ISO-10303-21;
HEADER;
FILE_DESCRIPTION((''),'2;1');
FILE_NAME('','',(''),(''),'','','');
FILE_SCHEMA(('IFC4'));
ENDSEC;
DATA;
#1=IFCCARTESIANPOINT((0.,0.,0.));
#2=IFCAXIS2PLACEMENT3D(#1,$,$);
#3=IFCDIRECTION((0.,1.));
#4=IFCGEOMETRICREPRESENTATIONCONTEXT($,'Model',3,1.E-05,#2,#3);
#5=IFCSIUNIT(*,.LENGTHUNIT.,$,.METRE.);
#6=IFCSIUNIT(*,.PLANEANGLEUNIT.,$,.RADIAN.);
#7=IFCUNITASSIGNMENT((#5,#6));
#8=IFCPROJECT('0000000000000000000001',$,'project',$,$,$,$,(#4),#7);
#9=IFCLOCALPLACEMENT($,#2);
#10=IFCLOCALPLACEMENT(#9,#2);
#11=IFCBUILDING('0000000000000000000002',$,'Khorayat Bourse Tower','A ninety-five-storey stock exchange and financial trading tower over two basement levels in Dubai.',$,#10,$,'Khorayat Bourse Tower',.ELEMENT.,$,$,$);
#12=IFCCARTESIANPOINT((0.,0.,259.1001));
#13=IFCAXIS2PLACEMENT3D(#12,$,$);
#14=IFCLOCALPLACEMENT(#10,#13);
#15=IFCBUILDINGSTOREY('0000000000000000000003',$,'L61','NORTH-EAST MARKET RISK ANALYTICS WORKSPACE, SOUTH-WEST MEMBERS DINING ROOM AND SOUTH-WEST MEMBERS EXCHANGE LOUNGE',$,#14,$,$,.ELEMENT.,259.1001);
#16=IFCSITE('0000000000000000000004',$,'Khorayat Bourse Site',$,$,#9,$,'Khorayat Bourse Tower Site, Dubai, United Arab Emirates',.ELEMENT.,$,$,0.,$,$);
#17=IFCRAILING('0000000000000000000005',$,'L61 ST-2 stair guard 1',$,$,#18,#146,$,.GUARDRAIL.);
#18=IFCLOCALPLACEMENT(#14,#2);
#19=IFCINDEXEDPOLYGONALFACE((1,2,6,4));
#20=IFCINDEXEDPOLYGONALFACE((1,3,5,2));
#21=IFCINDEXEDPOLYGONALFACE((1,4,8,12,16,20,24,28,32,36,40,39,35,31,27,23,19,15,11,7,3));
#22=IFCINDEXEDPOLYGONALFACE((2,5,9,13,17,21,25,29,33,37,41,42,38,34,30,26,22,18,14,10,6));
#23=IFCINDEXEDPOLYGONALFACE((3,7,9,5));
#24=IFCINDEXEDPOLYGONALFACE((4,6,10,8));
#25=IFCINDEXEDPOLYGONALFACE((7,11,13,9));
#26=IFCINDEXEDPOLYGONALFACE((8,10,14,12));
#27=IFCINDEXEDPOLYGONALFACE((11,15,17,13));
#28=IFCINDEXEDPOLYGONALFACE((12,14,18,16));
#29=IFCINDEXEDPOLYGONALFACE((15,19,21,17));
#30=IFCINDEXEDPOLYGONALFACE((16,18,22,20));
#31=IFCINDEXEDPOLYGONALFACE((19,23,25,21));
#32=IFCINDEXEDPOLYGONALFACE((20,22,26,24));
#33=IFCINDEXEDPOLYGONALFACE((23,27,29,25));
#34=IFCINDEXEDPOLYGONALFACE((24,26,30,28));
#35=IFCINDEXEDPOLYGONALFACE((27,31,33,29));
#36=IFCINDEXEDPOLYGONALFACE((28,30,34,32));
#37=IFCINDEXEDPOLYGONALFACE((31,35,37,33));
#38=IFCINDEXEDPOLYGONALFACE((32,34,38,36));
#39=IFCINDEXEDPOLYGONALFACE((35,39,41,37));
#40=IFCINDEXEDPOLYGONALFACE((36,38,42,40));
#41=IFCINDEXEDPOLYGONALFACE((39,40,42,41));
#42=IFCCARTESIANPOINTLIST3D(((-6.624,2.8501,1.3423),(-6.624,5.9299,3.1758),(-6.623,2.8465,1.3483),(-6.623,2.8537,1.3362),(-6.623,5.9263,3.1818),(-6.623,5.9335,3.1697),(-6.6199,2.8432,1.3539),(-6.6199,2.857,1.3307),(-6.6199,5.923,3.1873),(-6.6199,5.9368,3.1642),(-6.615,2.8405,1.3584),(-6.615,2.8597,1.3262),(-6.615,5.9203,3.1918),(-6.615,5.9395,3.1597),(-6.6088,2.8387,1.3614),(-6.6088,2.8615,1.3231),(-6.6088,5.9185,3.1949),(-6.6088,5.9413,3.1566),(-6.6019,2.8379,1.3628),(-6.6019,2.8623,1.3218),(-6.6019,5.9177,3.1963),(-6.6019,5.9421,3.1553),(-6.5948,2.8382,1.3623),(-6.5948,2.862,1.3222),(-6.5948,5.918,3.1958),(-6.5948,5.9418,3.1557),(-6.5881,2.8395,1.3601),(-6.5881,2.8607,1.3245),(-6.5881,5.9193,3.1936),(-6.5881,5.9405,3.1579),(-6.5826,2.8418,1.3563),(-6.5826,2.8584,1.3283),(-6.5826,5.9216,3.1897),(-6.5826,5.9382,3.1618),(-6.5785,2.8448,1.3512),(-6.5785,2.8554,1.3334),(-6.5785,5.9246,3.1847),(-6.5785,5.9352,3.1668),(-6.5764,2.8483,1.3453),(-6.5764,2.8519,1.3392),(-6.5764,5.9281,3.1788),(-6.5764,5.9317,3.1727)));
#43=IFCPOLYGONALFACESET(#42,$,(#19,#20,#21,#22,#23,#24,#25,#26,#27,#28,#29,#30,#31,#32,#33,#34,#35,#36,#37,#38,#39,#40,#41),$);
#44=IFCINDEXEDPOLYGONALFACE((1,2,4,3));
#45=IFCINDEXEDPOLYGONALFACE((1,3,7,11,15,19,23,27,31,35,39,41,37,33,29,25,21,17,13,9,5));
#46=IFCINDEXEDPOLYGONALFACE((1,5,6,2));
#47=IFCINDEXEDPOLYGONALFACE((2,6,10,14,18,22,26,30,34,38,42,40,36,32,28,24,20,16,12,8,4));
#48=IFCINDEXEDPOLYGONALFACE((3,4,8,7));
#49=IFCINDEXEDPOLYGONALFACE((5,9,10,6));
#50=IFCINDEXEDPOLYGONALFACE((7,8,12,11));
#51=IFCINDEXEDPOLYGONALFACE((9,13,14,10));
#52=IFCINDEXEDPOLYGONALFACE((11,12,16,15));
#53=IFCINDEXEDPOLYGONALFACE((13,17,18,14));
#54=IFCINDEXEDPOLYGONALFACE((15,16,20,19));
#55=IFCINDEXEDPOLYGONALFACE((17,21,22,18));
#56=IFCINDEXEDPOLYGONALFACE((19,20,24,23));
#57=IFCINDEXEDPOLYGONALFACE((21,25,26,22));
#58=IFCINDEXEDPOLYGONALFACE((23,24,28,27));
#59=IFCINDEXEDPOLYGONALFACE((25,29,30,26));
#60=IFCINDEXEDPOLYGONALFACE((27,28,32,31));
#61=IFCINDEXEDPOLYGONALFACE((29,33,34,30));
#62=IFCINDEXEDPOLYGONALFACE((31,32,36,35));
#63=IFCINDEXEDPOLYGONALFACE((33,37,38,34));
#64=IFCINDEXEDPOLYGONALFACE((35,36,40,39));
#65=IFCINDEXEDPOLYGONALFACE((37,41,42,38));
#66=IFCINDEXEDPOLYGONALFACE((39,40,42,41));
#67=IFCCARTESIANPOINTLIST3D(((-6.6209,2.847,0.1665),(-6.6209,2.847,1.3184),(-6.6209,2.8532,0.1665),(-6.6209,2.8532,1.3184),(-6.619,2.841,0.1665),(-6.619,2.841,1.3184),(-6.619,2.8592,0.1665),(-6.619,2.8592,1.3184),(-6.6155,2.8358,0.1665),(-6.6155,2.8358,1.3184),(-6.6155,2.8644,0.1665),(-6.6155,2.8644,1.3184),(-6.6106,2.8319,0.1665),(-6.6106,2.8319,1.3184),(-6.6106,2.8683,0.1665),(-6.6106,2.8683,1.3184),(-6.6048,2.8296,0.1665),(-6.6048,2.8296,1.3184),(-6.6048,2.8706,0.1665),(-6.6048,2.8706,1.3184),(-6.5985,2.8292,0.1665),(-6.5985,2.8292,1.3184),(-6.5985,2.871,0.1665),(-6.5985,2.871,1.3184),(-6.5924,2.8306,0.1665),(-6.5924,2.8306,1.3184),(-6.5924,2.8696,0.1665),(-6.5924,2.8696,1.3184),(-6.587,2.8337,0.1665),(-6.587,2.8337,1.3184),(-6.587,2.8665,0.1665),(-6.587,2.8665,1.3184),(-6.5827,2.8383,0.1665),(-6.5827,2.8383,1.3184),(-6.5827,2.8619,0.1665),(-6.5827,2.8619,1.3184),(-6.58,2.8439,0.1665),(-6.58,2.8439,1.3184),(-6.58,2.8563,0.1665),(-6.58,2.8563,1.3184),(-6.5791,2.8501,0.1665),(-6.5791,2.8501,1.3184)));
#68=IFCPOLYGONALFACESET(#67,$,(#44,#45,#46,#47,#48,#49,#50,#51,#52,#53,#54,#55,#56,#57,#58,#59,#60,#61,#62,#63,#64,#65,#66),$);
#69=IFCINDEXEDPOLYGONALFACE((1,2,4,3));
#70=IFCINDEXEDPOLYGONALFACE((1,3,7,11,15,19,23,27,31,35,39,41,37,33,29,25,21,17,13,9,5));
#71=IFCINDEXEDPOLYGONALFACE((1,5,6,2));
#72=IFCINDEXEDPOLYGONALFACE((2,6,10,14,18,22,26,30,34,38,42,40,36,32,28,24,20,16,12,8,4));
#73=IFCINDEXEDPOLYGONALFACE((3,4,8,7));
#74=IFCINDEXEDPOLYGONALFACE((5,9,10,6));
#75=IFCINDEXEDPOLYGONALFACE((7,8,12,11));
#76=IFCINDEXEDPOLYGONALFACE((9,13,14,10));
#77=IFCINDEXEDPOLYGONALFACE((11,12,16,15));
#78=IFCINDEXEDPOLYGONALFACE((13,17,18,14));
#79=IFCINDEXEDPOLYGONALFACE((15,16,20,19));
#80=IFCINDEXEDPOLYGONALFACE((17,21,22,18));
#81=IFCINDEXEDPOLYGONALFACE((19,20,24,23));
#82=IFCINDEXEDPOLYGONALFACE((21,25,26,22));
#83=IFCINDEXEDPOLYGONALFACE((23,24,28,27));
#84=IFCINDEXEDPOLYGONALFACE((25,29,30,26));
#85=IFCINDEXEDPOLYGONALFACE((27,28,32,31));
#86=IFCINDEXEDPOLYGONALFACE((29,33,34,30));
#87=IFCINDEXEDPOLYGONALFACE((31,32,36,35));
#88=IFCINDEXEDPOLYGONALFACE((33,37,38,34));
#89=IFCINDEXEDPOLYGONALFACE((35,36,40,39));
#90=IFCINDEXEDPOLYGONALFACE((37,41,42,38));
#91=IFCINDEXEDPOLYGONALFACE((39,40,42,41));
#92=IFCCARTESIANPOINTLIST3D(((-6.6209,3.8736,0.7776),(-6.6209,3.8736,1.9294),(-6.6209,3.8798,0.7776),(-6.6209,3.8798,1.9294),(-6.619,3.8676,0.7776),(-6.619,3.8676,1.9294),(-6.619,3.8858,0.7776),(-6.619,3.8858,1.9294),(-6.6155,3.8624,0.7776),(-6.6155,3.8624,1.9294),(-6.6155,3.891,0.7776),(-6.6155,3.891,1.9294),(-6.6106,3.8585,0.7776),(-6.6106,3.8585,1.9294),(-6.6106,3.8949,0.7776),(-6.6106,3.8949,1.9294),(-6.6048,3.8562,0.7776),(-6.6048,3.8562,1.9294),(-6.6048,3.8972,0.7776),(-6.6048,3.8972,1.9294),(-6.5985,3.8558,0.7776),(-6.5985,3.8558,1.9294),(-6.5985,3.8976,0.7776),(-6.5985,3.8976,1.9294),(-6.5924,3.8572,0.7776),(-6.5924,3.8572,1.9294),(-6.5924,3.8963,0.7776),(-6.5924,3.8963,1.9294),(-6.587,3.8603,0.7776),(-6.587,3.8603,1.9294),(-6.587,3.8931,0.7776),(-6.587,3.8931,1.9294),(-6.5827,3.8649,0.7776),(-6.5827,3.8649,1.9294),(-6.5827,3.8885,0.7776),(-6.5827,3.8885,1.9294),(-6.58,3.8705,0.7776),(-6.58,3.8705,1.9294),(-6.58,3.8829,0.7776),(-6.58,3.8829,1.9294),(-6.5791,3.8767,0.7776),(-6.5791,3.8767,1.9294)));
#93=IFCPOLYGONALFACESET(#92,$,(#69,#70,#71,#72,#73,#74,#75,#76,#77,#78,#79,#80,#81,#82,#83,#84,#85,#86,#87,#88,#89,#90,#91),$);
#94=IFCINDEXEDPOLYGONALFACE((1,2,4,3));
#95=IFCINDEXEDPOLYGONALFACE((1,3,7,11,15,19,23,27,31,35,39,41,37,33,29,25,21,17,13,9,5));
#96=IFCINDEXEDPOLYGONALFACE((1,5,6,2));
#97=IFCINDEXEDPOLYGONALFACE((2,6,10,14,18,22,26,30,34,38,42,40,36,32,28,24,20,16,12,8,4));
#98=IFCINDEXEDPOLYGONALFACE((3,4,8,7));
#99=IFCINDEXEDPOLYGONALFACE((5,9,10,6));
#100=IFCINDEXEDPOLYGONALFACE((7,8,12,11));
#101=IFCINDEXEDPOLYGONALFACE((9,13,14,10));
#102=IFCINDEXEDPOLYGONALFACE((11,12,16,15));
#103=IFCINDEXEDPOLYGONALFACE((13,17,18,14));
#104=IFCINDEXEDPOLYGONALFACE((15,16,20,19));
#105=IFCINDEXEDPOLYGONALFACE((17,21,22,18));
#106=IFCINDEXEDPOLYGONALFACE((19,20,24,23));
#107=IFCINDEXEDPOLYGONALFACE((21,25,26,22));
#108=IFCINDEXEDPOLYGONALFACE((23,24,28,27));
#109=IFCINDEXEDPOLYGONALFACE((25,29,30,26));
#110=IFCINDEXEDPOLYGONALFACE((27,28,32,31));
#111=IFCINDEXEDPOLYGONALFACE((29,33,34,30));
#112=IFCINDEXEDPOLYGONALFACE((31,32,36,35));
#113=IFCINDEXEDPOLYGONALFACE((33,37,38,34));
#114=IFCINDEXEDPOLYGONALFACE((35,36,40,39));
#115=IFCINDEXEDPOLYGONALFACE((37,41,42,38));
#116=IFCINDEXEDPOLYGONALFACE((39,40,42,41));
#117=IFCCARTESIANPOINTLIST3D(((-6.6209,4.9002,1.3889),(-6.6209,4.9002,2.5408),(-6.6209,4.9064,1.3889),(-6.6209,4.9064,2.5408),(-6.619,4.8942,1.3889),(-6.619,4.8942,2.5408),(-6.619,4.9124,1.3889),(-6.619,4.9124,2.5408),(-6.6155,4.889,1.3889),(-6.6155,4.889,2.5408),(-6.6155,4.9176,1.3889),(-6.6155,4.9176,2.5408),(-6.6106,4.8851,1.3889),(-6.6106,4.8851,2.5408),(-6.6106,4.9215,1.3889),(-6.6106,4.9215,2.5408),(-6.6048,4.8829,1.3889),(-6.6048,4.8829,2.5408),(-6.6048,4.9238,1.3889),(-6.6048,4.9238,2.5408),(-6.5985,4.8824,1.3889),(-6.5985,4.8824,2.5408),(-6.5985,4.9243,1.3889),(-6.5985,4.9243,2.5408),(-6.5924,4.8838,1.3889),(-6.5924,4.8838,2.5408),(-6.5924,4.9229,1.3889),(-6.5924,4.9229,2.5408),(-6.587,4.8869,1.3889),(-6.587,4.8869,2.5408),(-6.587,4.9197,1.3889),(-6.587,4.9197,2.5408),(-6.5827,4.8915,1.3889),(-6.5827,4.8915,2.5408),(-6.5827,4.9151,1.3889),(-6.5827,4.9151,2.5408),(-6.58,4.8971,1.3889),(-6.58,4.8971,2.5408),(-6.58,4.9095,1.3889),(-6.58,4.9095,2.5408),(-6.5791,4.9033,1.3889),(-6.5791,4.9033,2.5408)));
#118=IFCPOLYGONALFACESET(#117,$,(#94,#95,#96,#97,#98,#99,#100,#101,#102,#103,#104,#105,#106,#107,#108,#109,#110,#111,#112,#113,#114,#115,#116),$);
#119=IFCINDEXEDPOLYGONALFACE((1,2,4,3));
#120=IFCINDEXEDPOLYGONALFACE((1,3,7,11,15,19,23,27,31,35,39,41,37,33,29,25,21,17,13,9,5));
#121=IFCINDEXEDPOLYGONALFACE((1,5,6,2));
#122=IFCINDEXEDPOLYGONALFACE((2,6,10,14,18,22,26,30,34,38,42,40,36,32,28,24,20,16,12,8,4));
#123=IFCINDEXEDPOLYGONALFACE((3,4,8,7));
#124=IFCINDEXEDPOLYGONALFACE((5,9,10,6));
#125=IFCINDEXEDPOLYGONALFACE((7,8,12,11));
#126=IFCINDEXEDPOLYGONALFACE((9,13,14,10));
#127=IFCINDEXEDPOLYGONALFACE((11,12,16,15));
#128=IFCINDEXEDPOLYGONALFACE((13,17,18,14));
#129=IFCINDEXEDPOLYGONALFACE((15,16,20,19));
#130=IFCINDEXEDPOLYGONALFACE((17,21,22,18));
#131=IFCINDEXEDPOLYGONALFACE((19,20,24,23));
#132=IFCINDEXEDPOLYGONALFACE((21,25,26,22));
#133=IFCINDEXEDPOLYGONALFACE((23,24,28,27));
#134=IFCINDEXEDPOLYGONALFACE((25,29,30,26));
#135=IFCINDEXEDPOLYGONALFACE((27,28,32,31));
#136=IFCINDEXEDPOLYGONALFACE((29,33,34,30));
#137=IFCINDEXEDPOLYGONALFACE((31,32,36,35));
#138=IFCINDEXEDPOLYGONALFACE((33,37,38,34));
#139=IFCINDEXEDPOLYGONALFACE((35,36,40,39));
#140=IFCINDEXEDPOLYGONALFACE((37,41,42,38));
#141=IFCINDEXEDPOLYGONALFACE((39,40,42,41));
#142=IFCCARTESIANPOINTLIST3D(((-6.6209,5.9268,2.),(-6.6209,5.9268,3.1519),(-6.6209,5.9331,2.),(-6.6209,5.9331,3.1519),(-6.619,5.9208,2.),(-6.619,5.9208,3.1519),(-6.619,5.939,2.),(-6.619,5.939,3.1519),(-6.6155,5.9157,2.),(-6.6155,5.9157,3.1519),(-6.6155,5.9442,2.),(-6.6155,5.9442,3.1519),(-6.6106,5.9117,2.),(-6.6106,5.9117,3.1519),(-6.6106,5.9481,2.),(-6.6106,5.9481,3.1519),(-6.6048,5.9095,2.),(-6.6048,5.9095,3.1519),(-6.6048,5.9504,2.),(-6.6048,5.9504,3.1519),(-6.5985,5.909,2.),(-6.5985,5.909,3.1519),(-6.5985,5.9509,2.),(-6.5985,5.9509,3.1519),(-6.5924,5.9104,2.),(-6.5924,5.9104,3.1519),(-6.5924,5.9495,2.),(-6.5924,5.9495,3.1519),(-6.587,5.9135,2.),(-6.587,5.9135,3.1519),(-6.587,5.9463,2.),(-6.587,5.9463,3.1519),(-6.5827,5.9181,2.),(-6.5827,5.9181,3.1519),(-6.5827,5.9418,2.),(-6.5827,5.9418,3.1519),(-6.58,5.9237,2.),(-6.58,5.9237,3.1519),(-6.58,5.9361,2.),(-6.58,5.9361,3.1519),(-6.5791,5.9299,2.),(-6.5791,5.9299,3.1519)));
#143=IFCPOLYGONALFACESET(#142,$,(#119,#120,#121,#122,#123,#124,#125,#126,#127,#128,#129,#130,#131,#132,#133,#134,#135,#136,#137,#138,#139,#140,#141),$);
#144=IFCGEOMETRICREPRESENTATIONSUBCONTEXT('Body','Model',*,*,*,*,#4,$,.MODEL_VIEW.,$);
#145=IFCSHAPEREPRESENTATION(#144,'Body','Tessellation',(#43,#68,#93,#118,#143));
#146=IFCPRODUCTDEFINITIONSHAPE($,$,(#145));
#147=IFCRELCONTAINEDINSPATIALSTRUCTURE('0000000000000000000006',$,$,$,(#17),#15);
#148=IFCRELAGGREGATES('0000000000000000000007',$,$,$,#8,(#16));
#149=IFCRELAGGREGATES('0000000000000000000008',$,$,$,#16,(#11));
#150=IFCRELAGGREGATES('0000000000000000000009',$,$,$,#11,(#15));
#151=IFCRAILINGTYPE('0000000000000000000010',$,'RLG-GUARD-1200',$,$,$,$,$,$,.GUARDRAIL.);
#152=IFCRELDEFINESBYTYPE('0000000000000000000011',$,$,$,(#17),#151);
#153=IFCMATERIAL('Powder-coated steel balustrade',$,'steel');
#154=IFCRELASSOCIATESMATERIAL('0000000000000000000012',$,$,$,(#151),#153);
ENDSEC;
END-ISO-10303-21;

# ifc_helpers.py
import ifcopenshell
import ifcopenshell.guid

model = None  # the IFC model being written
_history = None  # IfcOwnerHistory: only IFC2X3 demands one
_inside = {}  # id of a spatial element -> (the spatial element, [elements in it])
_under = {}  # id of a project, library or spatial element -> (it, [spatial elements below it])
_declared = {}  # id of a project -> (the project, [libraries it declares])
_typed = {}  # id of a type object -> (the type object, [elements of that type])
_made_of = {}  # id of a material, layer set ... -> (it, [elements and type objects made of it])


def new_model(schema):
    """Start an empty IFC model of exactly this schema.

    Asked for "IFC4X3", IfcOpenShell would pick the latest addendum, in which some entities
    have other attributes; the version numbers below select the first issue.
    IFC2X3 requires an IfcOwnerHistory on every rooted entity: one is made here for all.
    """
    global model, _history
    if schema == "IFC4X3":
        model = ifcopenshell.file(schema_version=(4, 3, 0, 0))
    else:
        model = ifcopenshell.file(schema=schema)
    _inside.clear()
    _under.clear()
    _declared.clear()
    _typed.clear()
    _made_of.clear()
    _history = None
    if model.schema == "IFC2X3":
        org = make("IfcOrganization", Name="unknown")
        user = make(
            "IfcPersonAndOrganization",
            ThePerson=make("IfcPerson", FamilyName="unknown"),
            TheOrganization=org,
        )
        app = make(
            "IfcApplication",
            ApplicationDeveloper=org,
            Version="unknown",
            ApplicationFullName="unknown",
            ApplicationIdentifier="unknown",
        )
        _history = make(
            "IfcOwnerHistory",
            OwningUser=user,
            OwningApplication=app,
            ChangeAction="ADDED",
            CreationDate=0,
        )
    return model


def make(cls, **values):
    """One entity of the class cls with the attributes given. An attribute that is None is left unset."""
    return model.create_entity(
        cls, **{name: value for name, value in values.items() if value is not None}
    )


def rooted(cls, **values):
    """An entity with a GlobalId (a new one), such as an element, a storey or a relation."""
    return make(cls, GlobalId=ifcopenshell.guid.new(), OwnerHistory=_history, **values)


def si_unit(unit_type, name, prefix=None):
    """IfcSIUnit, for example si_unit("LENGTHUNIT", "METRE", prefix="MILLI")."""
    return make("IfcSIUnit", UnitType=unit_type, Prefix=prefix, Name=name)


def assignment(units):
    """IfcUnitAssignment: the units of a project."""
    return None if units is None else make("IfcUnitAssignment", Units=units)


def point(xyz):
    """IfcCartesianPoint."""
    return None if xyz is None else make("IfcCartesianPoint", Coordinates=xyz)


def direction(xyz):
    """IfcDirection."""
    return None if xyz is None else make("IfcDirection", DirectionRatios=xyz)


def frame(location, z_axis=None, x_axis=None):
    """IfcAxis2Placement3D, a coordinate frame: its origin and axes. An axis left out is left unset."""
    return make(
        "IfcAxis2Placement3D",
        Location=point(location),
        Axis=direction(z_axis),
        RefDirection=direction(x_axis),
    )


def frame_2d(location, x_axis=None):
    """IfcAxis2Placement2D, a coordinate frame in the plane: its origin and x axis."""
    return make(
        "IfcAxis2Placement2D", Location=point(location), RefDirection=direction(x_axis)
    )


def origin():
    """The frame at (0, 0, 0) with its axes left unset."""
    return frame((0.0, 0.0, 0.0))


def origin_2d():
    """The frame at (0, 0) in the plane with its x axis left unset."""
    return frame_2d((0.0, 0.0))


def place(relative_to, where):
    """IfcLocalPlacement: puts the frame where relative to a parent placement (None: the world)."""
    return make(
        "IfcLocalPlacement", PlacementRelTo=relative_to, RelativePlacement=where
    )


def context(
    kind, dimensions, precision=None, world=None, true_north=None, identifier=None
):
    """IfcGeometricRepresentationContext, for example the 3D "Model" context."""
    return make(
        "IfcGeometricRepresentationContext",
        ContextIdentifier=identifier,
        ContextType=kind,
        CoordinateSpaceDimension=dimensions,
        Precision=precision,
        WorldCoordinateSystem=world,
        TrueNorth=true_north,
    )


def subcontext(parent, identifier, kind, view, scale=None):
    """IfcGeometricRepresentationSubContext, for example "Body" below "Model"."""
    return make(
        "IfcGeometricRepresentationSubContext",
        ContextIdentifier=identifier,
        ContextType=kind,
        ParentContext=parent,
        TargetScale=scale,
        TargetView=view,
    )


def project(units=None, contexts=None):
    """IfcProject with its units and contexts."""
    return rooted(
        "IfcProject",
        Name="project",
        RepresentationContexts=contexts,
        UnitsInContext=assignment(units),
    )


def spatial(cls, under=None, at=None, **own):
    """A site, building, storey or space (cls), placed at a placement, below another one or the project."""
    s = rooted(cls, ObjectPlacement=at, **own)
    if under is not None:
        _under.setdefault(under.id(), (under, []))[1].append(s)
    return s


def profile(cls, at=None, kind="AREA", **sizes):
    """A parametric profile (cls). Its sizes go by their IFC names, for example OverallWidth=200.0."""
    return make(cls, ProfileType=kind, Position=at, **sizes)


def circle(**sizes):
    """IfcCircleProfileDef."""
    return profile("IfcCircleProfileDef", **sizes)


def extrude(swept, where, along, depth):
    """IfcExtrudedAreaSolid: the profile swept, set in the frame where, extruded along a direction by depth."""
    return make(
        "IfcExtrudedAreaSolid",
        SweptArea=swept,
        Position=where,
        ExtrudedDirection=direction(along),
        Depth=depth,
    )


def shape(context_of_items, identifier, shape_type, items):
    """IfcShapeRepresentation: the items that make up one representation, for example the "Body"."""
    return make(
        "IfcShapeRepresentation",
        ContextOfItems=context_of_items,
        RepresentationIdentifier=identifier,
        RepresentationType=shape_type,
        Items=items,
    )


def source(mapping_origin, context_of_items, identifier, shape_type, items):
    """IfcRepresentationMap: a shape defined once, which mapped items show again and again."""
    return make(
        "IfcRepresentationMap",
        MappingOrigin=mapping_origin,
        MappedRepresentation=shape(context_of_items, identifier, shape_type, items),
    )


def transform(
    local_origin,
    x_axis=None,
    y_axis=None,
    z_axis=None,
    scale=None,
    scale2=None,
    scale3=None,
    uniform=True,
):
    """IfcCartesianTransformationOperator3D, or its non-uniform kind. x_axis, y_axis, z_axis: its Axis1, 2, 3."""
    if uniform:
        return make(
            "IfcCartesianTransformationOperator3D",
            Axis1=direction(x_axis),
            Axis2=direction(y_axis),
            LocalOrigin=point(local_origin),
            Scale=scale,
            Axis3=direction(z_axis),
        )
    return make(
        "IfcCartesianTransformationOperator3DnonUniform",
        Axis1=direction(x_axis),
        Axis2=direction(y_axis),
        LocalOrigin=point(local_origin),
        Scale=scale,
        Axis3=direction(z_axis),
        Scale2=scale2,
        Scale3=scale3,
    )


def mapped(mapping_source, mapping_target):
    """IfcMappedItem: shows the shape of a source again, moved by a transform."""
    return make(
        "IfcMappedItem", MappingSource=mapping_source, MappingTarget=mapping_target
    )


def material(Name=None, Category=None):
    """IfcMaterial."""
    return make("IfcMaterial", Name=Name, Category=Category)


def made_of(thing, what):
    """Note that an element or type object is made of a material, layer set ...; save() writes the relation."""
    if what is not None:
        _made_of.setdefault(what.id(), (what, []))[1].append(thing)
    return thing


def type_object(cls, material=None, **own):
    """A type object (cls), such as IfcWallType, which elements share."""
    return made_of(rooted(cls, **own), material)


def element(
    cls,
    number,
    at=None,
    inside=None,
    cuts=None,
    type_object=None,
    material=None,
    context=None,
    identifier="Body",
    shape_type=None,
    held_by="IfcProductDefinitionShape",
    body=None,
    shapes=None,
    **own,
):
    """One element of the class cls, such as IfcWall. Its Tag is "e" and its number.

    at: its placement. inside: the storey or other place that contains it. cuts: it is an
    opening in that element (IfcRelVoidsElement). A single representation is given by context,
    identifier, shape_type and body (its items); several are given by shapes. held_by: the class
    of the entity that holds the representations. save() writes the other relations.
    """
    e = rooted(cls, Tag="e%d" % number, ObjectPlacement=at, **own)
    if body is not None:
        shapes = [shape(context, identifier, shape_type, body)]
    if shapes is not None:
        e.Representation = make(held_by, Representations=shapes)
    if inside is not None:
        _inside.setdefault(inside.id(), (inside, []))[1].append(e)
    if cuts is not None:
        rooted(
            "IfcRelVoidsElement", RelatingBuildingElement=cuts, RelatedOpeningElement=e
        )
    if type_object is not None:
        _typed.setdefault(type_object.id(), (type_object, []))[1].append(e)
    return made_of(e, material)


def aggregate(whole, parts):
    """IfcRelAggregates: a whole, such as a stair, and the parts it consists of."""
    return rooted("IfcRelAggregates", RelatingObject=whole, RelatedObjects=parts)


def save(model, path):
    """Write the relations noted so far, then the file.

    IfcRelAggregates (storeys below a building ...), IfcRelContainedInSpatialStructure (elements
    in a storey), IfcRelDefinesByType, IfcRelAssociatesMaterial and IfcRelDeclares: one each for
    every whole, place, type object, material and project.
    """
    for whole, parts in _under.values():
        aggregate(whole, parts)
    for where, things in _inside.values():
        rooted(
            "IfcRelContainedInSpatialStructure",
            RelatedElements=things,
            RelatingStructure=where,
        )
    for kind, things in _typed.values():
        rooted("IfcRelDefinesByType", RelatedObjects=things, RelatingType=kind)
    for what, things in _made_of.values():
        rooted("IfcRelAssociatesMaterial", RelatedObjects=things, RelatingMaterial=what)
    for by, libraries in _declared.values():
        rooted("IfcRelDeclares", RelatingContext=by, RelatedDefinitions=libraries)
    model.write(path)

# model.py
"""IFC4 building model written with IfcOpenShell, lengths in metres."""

from ifc_helpers import new_model, si_unit, direction, frame, origin, origin_2d, place, context, subcontext, project, spatial, circle, extrude, source, transform, mapped, material, type_object, element, save


model = new_model("IFC4")

# Units and contexts
model_context = context("Model", 3, precision=1e-05, world=origin(), true_north=direction((0.0, 1.0)))
body_context = subcontext(model_context, "Body", "Model", "MODEL_VIEW")
ifc_project = project(units=[si_unit("LENGTHUNIT", "METRE"), si_unit("PLANEANGLEUNIT", "RADIAN")], contexts=[model_context])

# Site, building, storey
site_placement = place(None, origin())
site = spatial("IfcSite", under=ifc_project, at=site_placement, Name="Khorayat Bourse Site", LongName="Khorayat Bourse Tower Site, Dubai, United Arab Emirates", CompositionType="ELEMENT", RefElevation=0.0)
building_placement = place(site_placement, origin())
building = spatial("IfcBuilding", under=site, at=building_placement, Name="Khorayat Bourse Tower", Description="A ninety-five-storey stock exchange and financial trading tower over two basement levels in Dubai.", LongName="Khorayat Bourse Tower", CompositionType="ELEMENT")
storey_placement = place(building_placement, frame((0.0, 0.0, 259.1001)))
storey = spatial("IfcBuildingStorey", under=building, at=storey_placement, Name="L61", Description="NORTH-EAST MARKET RISK ANALYTICS WORKSPACE, SOUTH-WEST MEMBERS DINING ROOM AND SOUTH-WEST MEMBERS EXCHANGE LOUNGE", CompositionType="ELEMENT", Elevation=259.1001)

# Railing
ifc_material_1 = material(Name="Powder-coated steel balustrade", Category="steel")
railing_type_1 = type_object("IfcRailingType", Name="RLG-GUARD-1200", PredefinedType="GUARDRAIL", material=ifc_material_1)
shared_shape_1 = source(origin(), body_context, "Body", "SweptSolid", [
    extrude(circle(Radius=0.0239, at=origin_2d()), frame((0.0, 0.0, 1.1758), z_axis=(0.0, 0.859261, 0.511538), x_axis=(-1.0, 0.0, 0.0)), (0.0, 0.0, 1.0), 3.5842),
    extrude(circle(Radius=0.021, at=origin_2d()), origin(), (0.0, 0.0, 1.0), 1.1519),
    extrude(circle(Radius=0.021, at=origin_2d()), frame((0.0, 1.0266, 0.6111)), (0.0, 0.0, 1.0), 1.1519),
    extrude(circle(Radius=0.021, at=origin_2d()), frame((0.0, 2.0532, 1.2224)), (0.0, 0.0, 1.0), 1.1519),
    extrude(circle(Radius=0.021, at=origin_2d()), frame((0.0, 3.0798, 1.8335)), (0.0, 0.0, 1.0), 1.1519),
])
railing_1_placement = place(storey_placement, frame((-6.6001, 2.8501, 0.1665)))
element("IfcRailing", 1, at=railing_1_placement, inside=storey, type_object=railing_type_1, Name="L61 ST-2 stair guard 1", PredefinedType="GUARDRAIL", context=body_context, shape_type="MappedRepresentation", body=[
    mapped(shared_shape_1, transform((0.0, 0.0, 0.0), scale=1.0)),
])

save(model, "model.ifc")
